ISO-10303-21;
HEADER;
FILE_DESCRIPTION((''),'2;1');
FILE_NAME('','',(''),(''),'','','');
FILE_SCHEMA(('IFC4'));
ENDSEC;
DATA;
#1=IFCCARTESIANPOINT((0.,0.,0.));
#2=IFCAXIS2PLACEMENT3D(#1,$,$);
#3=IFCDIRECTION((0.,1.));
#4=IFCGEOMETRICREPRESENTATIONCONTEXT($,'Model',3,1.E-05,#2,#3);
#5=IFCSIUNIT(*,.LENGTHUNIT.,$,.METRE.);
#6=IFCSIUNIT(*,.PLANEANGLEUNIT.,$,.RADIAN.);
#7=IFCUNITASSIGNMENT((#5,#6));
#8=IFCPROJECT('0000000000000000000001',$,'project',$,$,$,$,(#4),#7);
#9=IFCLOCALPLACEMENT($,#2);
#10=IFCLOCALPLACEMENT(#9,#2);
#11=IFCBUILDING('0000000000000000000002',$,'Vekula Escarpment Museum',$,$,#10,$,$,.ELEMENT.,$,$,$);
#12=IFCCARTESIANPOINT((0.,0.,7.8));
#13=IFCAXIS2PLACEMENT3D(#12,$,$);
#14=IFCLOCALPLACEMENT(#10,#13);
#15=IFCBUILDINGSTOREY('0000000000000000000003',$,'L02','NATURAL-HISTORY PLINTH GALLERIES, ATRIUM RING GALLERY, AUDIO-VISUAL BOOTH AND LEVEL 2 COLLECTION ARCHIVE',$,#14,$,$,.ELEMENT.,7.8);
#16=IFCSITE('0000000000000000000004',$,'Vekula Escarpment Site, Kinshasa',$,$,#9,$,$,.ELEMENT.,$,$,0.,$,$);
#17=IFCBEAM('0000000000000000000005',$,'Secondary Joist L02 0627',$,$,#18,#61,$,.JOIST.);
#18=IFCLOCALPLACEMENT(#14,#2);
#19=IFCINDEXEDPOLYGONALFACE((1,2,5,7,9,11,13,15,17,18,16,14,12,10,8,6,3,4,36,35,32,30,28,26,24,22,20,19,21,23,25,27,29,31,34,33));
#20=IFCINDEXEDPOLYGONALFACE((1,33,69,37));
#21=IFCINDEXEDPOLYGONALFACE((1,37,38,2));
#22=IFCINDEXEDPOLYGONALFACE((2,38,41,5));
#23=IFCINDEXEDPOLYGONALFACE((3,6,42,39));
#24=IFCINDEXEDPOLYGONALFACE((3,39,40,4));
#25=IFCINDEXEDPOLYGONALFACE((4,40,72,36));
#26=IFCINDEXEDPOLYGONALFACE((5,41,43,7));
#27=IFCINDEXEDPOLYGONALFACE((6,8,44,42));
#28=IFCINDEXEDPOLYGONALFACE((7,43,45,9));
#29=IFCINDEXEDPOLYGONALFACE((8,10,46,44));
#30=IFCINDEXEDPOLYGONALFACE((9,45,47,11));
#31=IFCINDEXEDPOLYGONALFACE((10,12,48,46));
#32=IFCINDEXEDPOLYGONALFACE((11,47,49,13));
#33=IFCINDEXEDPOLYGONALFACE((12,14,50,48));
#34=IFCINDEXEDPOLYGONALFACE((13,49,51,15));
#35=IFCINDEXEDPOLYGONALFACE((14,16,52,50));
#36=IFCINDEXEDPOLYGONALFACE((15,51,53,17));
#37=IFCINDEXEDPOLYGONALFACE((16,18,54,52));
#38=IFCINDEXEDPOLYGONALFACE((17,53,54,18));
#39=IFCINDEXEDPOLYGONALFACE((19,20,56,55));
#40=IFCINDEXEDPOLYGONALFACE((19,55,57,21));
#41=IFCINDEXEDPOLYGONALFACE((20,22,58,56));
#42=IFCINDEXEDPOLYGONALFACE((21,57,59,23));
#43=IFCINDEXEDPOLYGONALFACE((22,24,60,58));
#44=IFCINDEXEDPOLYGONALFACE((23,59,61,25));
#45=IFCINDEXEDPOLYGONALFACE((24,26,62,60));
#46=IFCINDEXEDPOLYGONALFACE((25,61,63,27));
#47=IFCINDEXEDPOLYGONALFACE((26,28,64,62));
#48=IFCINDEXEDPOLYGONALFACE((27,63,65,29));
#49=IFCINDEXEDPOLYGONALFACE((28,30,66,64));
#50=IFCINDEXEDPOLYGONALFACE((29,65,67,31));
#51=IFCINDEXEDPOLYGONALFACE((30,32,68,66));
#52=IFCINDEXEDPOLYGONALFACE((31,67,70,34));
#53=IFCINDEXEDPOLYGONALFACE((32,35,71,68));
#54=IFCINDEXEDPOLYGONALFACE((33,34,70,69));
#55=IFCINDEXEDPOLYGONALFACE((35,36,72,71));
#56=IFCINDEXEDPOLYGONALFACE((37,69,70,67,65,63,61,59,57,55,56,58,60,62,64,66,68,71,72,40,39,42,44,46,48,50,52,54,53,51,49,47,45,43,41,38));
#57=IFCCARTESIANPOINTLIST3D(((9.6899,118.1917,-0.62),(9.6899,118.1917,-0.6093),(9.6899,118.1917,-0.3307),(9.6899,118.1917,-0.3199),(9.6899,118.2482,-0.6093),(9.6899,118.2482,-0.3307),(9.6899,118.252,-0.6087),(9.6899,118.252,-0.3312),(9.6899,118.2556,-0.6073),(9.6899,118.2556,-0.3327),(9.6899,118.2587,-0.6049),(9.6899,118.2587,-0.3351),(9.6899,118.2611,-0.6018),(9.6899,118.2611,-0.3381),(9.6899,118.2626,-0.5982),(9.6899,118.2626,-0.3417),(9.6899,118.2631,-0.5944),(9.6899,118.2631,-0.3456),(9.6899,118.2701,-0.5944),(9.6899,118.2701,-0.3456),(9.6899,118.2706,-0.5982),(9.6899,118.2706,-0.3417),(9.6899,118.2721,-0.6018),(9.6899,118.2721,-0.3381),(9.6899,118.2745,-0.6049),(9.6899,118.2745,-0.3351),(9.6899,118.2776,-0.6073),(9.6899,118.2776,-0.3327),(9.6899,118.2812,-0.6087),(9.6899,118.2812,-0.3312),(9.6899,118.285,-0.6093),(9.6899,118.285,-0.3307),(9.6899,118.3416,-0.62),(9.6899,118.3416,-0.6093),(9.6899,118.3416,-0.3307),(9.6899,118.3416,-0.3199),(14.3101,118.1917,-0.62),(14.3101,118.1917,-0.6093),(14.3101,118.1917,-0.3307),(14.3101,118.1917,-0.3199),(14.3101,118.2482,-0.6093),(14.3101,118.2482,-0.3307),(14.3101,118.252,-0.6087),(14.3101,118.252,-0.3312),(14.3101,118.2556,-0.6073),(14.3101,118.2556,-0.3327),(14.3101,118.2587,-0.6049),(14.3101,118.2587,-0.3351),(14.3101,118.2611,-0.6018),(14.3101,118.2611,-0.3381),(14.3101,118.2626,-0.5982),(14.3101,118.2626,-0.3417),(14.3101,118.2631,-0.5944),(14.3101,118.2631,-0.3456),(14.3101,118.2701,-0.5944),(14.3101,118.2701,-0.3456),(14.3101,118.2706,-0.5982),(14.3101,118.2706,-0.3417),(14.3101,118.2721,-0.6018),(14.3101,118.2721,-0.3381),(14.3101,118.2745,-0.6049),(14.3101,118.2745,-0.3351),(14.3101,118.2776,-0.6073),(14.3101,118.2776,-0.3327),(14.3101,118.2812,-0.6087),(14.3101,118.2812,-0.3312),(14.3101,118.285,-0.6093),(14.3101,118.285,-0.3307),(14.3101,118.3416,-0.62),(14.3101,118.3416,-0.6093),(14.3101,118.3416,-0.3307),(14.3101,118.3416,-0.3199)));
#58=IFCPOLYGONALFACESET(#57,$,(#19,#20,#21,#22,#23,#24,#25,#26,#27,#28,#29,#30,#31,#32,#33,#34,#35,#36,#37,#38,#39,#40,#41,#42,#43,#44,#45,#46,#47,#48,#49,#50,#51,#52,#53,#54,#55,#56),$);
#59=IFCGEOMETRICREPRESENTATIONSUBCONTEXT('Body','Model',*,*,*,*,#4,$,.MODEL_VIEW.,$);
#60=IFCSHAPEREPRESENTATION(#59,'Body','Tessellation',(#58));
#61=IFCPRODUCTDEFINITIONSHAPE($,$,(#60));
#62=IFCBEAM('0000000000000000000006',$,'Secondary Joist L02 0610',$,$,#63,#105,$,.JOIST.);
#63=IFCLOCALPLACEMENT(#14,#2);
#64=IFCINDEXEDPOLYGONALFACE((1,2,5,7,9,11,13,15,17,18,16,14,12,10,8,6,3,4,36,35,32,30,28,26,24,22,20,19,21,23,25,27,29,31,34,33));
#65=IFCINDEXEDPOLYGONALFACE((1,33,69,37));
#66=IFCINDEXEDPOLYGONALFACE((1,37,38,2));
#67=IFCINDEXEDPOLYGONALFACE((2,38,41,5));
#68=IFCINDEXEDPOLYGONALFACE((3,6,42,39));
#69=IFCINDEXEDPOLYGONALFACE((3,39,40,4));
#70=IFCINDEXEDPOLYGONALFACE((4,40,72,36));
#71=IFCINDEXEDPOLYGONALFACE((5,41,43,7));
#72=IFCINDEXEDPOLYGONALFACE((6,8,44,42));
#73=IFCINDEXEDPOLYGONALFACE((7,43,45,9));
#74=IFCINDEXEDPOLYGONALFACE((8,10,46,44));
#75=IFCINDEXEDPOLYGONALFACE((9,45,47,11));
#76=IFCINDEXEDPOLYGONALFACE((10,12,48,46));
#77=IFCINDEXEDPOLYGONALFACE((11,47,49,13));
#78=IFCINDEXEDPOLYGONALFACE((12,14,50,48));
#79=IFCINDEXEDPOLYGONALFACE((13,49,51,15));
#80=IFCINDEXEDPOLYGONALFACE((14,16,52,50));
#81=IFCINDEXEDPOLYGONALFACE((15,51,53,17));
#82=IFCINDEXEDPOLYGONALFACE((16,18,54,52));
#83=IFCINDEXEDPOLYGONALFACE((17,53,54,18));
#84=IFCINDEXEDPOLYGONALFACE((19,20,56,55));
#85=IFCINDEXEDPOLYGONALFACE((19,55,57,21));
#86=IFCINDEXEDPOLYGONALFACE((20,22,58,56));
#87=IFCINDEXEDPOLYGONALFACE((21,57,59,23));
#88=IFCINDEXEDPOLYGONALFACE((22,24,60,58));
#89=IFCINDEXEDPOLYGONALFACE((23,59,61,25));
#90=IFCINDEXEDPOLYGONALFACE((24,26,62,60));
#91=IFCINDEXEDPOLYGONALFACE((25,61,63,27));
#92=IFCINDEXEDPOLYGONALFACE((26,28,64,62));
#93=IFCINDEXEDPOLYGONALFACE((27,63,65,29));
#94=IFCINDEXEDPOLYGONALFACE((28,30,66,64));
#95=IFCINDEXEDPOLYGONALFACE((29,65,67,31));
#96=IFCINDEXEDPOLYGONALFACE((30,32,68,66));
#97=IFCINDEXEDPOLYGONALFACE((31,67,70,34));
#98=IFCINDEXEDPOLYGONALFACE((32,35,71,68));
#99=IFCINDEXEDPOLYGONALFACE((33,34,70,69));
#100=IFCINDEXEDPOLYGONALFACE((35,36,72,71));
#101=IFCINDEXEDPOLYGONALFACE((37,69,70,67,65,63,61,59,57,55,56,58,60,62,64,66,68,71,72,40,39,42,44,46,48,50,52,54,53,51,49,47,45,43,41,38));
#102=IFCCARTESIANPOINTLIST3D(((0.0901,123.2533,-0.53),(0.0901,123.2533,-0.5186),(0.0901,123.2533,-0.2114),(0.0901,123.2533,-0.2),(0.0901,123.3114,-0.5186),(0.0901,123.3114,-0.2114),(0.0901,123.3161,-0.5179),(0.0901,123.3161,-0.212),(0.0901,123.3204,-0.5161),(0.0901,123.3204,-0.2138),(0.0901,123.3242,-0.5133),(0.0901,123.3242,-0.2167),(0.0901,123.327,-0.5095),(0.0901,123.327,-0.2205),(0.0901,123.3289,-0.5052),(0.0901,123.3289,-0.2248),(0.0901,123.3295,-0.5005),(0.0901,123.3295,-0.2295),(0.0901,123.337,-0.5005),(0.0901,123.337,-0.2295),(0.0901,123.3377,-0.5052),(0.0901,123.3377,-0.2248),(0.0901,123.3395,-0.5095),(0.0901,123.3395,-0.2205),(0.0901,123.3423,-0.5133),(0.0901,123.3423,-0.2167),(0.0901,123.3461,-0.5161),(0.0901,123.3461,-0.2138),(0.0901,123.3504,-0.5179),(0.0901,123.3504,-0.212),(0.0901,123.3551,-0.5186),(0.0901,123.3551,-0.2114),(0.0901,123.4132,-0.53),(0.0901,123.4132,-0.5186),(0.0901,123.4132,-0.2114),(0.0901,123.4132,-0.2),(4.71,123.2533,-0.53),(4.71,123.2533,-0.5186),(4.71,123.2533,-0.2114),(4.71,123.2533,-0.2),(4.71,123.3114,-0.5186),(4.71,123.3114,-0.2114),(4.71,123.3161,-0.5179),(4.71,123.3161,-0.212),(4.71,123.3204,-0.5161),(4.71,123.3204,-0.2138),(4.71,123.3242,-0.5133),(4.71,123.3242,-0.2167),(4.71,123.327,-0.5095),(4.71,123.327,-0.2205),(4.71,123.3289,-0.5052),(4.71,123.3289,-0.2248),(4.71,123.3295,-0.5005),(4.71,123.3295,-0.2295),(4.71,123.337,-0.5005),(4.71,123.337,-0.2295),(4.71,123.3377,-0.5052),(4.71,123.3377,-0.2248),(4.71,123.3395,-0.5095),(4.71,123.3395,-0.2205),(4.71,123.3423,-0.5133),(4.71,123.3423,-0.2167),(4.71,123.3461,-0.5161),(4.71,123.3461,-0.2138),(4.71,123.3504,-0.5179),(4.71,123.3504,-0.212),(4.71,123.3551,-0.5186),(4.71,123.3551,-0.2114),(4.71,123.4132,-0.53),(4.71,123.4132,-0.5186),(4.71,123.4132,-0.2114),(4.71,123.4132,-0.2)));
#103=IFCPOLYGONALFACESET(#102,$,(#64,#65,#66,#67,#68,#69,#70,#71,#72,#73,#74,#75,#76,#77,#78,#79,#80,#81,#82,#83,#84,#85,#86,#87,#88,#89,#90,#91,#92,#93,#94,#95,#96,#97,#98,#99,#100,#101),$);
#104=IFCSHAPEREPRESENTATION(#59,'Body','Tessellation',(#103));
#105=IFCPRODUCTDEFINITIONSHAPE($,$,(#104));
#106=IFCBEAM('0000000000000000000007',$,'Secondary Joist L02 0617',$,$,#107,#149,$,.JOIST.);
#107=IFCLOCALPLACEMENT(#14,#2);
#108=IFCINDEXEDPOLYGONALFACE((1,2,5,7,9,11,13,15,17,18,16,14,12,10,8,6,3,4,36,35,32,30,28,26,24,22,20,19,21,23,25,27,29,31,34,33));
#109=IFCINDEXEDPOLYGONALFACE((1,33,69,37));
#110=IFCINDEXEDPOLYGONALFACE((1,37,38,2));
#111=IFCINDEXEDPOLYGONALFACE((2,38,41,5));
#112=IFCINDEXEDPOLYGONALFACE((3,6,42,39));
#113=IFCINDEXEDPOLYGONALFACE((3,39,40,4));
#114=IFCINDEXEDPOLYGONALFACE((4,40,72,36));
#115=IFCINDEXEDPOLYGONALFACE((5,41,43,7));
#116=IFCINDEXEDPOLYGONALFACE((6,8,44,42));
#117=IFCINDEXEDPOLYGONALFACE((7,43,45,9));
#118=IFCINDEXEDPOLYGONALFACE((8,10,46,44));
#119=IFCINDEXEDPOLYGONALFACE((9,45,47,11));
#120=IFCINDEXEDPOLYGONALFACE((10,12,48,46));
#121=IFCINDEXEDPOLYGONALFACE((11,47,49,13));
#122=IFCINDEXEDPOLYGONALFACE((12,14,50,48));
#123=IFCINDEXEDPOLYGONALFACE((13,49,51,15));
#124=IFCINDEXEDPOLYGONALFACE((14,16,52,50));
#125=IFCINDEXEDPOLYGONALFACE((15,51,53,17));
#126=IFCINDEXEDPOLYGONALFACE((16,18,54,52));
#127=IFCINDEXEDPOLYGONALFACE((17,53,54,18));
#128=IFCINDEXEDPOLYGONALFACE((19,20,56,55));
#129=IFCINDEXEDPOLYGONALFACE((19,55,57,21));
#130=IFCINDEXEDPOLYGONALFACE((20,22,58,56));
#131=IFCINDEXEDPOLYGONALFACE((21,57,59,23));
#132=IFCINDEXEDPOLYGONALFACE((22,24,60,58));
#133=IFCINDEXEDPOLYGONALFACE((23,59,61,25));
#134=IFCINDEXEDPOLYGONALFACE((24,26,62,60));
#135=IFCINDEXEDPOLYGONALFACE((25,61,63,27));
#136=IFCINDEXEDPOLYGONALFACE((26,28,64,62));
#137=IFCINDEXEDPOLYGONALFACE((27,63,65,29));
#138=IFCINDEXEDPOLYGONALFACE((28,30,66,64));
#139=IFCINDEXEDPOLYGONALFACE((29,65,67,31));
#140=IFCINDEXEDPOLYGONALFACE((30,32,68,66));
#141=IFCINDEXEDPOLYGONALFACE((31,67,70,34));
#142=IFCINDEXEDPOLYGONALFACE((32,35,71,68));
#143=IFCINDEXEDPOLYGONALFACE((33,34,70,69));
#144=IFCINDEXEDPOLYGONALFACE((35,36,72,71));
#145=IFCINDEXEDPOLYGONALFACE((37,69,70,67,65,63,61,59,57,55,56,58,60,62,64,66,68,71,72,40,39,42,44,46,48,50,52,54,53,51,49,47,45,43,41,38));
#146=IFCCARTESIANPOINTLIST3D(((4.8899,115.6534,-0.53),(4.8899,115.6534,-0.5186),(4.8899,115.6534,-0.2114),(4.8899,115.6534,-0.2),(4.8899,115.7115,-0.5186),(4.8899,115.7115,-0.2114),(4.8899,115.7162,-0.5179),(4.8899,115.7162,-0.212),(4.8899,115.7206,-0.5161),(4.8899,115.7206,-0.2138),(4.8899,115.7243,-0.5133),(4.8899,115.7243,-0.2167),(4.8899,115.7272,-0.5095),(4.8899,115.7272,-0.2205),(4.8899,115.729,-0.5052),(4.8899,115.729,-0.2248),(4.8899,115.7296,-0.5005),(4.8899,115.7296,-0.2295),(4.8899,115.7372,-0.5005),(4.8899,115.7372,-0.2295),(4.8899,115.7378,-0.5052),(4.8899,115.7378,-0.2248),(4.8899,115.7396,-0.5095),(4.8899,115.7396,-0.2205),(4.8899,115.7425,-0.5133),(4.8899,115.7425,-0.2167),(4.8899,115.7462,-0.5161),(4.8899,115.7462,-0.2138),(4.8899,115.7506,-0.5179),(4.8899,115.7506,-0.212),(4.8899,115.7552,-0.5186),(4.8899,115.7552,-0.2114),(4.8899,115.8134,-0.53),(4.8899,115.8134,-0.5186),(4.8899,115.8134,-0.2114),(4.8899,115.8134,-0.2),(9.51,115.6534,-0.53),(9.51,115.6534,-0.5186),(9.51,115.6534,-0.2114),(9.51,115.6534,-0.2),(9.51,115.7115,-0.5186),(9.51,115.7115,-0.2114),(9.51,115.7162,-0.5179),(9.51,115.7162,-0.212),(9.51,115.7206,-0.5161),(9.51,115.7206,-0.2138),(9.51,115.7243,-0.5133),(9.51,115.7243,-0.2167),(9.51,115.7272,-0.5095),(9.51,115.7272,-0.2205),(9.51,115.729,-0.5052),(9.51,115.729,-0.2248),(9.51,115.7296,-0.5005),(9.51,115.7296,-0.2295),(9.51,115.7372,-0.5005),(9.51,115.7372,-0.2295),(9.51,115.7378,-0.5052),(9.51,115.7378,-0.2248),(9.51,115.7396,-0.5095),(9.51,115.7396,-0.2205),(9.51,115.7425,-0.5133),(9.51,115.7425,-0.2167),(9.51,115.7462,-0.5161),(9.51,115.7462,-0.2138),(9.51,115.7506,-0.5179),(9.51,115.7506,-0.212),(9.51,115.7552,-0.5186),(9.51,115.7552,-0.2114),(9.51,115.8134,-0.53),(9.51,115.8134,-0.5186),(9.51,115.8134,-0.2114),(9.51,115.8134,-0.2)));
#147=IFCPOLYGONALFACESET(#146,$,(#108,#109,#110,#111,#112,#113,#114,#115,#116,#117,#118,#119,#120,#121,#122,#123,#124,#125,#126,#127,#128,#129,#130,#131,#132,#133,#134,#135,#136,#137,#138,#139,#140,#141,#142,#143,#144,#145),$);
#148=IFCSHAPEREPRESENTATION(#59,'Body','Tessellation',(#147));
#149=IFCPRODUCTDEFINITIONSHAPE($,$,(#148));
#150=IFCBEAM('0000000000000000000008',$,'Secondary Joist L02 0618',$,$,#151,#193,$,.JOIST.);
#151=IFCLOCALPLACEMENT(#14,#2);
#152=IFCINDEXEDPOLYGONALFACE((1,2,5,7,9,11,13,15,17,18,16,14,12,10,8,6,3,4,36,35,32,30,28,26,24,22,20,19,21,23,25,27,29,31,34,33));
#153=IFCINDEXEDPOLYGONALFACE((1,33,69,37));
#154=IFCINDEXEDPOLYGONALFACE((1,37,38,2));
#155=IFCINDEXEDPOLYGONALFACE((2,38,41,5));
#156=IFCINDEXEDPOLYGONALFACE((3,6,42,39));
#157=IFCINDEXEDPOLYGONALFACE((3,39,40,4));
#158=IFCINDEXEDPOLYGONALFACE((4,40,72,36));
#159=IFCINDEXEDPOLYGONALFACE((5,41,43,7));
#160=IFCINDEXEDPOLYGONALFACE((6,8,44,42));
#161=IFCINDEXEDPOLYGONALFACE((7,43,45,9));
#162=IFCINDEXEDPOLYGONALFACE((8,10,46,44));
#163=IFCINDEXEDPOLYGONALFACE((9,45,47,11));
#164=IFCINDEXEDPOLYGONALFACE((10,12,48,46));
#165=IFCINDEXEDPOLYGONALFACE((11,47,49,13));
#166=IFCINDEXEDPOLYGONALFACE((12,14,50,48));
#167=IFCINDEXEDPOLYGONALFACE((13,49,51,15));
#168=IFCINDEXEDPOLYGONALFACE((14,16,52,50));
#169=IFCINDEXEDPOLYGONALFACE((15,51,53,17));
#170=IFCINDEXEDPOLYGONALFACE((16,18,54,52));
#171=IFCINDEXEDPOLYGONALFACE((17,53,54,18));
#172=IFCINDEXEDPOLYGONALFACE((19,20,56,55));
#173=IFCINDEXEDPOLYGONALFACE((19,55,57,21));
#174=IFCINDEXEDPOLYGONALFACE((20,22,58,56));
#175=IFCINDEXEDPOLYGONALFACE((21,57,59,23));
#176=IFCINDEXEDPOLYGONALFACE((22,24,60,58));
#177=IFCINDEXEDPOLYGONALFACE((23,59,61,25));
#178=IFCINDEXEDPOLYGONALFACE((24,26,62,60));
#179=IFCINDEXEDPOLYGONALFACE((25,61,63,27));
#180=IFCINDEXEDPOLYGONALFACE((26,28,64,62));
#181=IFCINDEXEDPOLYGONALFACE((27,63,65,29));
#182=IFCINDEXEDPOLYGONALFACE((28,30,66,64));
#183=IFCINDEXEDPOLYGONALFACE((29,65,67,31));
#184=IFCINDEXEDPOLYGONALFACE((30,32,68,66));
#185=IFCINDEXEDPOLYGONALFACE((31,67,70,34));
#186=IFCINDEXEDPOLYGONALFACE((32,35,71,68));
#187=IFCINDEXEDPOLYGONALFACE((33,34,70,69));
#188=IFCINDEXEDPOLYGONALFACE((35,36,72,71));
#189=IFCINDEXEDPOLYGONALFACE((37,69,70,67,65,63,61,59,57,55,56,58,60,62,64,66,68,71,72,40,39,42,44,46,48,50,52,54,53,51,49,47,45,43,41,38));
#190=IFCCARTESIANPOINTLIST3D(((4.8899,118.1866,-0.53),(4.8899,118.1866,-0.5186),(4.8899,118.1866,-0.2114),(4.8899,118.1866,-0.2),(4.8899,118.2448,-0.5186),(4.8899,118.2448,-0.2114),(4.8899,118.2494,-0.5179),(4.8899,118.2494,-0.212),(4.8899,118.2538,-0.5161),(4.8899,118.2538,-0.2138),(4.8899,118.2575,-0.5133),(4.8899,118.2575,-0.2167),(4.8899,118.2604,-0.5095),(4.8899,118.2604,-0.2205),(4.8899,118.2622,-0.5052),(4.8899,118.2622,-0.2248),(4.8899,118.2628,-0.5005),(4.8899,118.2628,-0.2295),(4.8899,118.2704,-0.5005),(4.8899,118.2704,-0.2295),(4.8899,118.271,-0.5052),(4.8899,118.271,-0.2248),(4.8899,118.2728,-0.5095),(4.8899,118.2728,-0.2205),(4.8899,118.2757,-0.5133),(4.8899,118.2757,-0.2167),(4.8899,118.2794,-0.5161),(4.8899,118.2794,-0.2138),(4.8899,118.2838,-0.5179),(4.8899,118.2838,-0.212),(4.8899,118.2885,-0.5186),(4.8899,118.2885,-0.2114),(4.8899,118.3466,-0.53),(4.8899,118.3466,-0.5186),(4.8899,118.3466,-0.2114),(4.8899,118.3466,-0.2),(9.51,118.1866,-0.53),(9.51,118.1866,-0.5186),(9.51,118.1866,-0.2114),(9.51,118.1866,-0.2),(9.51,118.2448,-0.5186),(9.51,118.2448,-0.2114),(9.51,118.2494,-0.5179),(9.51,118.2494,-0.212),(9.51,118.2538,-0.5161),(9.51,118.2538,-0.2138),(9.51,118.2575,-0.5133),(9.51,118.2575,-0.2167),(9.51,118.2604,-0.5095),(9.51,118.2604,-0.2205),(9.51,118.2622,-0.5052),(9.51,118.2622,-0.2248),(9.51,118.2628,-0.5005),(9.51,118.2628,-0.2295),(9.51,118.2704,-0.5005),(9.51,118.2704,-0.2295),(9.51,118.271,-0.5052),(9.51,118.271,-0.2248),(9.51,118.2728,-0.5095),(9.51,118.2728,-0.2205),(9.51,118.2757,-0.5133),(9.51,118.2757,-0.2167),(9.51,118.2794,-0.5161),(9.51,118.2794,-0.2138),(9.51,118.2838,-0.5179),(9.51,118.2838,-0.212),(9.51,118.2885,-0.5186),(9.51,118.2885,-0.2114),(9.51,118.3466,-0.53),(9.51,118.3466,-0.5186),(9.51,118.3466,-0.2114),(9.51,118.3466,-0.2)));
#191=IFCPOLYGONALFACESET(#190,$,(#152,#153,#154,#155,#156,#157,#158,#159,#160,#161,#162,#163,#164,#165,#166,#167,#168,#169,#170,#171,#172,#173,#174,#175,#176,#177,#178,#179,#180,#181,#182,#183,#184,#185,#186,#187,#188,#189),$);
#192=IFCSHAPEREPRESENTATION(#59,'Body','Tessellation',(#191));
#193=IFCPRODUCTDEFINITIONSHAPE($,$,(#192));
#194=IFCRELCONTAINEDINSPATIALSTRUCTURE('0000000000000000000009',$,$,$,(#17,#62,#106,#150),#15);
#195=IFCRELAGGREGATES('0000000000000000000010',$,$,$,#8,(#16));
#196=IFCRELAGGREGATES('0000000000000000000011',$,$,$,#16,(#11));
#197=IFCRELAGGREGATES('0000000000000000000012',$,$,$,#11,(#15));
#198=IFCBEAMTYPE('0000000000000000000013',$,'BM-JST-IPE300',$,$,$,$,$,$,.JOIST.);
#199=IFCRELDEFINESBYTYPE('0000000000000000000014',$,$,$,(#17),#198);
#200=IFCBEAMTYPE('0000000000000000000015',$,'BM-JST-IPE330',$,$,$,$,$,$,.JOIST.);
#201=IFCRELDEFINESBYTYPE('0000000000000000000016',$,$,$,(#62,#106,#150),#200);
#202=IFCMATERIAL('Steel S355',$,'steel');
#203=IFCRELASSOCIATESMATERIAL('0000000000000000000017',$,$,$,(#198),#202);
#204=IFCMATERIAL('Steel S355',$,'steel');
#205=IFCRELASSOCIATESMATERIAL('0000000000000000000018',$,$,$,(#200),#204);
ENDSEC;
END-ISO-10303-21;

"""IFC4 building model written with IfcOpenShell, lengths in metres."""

from ifc_helpers import new_model, si_unit, direction, frame, origin, origin_2d, place, context, subcontext, project, spatial, i_section, extrude, material, material_profile, profile_set, type_object, element, save


model = new_model("IFC4")

# Units and contexts
model_context = context("Model", 3, precision=1e-05, world=origin(), true_north=direction((0.0, 1.0)))
body_context = subcontext(model_context, "Body", "Model", "MODEL_VIEW")
ifc_project = project(units=[si_unit("LENGTHUNIT", "METRE"), si_unit("PLANEANGLEUNIT", "RADIAN")], contexts=[model_context])

# Site, building, storey
site_placement = place(None, origin())
site = spatial("IfcSite", under=ifc_project, at=site_placement, Name="Vekula Escarpment Site, Kinshasa", CompositionType="ELEMENT", RefElevation=0.0)
building_placement = place(site_placement, origin())
building = spatial("IfcBuilding", under=site, at=building_placement, Name="Vekula Escarpment Museum", CompositionType="ELEMENT")
storey_placement = place(building_placement, frame((0.0, 0.0, 7.8)))
storey = spatial("IfcBuildingStorey", under=building, at=storey_placement, Name="L02", Description="NATURAL-HISTORY PLINTH GALLERIES, ATRIUM RING GALLERY, AUDIO-VISUAL BOOTH AND LEVEL 2 COLLECTION ARCHIVE", CompositionType="ELEMENT", Elevation=7.8)

# Beams
ifc_material_1 = material(Name="Steel S355", Category="steel")
ifc_material_profile_1 = material_profile(ifc_material_1, i_section(OverallWidth=0.1499, OverallDepth=0.3, WebThickness=0.0071, FlangeThickness=0.0107, FilletRadius=0.0149, at=origin_2d()), Name="IPE 300")
ifc_profile_set_1 = profile_set([ifc_material_profile_1], Name="Steel S355")
beam_type_1 = type_object("IfcBeamType", Name="BM-JST-IPE300", PredefinedType="JOIST", material=ifc_profile_set_1)
for number, where, z_axis, x_axis, name in (
    (1, (9.6899, 118.2666, -0.47), (1.0, 0.0, 0.0), (0.0, 1.0, 0.0), "Secondary Joist L02 0627"),
):
    element("IfcBeam", number, at=place(storey_placement, frame(where, z_axis=z_axis, x_axis=x_axis)), inside=storey, type_object=beam_type_1, Name=name, PredefinedType="JOIST", context=body_context, shape_type="SweptSolid", body=[
        extrude(i_section(OverallWidth=0.1499, OverallDepth=0.3, WebThickness=0.0071, FlangeThickness=0.0107, FilletRadius=0.0149, at=origin_2d()), origin(), (0.0, 0.0, 1.0), 4.6201),
    ])
ifc_material_2 = material(Name="Steel S355", Category="steel")
ifc_material_profile_2 = material_profile(ifc_material_2, i_section(OverallWidth=0.1599, OverallDepth=0.3301, WebThickness=0.0076, FlangeThickness=0.0115, FilletRadius=0.0181, at=origin_2d()), Name="IPE 330")
ifc_profile_set_2 = profile_set([ifc_material_profile_2], Name="Steel S355")
beam_type_2 = type_object("IfcBeamType", Name="BM-JST-IPE330", PredefinedType="JOIST", material=ifc_profile_set_2)
beam_1_placement = place(storey_placement, frame((0.0901, 123.3333, -0.365), z_axis=(1.0, 0.0, 0.0), x_axis=(0.0, 1.0, 0.0)))
element("IfcBeam", 2, at=beam_1_placement, inside=storey, type_object=beam_type_2, Name="Secondary Joist L02 0610", PredefinedType="JOIST", context=body_context, shape_type="SweptSolid", body=[
    extrude(i_section(OverallWidth=0.1599, OverallDepth=0.3301, WebThickness=0.0076, FlangeThickness=0.0115, FilletRadius=0.0181, at=origin_2d()), origin(), (0.0, 0.0, 1.0), 4.6199),
])
for number, where, z_axis, x_axis, name in (
    (3, (4.8899, 115.7334, -0.365), (1.0, 0.0, 0.0), (0.0, 1.0, 0.0), "Secondary Joist L02 0617"),
    (4, (4.8899, 118.2666, -0.365), (1.0, 0.0, 0.0), (0.0, 1.0, 0.0), "Secondary Joist L02 0618"),
):
    element("IfcBeam", number, at=place(storey_placement, frame(where, z_axis=z_axis, x_axis=x_axis)), inside=storey, type_object=beam_type_2, Name=name, PredefinedType="JOIST", context=body_context, shape_type="SweptSolid", body=[
        extrude(i_section(OverallWidth=0.1599, OverallDepth=0.3301, WebThickness=0.0076, FlangeThickness=0.0115, FilletRadius=0.0181, at=origin_2d()), origin(), (0.0, 0.0, 1.0), 4.6201),
    ])

save(model, "model.ifc")
